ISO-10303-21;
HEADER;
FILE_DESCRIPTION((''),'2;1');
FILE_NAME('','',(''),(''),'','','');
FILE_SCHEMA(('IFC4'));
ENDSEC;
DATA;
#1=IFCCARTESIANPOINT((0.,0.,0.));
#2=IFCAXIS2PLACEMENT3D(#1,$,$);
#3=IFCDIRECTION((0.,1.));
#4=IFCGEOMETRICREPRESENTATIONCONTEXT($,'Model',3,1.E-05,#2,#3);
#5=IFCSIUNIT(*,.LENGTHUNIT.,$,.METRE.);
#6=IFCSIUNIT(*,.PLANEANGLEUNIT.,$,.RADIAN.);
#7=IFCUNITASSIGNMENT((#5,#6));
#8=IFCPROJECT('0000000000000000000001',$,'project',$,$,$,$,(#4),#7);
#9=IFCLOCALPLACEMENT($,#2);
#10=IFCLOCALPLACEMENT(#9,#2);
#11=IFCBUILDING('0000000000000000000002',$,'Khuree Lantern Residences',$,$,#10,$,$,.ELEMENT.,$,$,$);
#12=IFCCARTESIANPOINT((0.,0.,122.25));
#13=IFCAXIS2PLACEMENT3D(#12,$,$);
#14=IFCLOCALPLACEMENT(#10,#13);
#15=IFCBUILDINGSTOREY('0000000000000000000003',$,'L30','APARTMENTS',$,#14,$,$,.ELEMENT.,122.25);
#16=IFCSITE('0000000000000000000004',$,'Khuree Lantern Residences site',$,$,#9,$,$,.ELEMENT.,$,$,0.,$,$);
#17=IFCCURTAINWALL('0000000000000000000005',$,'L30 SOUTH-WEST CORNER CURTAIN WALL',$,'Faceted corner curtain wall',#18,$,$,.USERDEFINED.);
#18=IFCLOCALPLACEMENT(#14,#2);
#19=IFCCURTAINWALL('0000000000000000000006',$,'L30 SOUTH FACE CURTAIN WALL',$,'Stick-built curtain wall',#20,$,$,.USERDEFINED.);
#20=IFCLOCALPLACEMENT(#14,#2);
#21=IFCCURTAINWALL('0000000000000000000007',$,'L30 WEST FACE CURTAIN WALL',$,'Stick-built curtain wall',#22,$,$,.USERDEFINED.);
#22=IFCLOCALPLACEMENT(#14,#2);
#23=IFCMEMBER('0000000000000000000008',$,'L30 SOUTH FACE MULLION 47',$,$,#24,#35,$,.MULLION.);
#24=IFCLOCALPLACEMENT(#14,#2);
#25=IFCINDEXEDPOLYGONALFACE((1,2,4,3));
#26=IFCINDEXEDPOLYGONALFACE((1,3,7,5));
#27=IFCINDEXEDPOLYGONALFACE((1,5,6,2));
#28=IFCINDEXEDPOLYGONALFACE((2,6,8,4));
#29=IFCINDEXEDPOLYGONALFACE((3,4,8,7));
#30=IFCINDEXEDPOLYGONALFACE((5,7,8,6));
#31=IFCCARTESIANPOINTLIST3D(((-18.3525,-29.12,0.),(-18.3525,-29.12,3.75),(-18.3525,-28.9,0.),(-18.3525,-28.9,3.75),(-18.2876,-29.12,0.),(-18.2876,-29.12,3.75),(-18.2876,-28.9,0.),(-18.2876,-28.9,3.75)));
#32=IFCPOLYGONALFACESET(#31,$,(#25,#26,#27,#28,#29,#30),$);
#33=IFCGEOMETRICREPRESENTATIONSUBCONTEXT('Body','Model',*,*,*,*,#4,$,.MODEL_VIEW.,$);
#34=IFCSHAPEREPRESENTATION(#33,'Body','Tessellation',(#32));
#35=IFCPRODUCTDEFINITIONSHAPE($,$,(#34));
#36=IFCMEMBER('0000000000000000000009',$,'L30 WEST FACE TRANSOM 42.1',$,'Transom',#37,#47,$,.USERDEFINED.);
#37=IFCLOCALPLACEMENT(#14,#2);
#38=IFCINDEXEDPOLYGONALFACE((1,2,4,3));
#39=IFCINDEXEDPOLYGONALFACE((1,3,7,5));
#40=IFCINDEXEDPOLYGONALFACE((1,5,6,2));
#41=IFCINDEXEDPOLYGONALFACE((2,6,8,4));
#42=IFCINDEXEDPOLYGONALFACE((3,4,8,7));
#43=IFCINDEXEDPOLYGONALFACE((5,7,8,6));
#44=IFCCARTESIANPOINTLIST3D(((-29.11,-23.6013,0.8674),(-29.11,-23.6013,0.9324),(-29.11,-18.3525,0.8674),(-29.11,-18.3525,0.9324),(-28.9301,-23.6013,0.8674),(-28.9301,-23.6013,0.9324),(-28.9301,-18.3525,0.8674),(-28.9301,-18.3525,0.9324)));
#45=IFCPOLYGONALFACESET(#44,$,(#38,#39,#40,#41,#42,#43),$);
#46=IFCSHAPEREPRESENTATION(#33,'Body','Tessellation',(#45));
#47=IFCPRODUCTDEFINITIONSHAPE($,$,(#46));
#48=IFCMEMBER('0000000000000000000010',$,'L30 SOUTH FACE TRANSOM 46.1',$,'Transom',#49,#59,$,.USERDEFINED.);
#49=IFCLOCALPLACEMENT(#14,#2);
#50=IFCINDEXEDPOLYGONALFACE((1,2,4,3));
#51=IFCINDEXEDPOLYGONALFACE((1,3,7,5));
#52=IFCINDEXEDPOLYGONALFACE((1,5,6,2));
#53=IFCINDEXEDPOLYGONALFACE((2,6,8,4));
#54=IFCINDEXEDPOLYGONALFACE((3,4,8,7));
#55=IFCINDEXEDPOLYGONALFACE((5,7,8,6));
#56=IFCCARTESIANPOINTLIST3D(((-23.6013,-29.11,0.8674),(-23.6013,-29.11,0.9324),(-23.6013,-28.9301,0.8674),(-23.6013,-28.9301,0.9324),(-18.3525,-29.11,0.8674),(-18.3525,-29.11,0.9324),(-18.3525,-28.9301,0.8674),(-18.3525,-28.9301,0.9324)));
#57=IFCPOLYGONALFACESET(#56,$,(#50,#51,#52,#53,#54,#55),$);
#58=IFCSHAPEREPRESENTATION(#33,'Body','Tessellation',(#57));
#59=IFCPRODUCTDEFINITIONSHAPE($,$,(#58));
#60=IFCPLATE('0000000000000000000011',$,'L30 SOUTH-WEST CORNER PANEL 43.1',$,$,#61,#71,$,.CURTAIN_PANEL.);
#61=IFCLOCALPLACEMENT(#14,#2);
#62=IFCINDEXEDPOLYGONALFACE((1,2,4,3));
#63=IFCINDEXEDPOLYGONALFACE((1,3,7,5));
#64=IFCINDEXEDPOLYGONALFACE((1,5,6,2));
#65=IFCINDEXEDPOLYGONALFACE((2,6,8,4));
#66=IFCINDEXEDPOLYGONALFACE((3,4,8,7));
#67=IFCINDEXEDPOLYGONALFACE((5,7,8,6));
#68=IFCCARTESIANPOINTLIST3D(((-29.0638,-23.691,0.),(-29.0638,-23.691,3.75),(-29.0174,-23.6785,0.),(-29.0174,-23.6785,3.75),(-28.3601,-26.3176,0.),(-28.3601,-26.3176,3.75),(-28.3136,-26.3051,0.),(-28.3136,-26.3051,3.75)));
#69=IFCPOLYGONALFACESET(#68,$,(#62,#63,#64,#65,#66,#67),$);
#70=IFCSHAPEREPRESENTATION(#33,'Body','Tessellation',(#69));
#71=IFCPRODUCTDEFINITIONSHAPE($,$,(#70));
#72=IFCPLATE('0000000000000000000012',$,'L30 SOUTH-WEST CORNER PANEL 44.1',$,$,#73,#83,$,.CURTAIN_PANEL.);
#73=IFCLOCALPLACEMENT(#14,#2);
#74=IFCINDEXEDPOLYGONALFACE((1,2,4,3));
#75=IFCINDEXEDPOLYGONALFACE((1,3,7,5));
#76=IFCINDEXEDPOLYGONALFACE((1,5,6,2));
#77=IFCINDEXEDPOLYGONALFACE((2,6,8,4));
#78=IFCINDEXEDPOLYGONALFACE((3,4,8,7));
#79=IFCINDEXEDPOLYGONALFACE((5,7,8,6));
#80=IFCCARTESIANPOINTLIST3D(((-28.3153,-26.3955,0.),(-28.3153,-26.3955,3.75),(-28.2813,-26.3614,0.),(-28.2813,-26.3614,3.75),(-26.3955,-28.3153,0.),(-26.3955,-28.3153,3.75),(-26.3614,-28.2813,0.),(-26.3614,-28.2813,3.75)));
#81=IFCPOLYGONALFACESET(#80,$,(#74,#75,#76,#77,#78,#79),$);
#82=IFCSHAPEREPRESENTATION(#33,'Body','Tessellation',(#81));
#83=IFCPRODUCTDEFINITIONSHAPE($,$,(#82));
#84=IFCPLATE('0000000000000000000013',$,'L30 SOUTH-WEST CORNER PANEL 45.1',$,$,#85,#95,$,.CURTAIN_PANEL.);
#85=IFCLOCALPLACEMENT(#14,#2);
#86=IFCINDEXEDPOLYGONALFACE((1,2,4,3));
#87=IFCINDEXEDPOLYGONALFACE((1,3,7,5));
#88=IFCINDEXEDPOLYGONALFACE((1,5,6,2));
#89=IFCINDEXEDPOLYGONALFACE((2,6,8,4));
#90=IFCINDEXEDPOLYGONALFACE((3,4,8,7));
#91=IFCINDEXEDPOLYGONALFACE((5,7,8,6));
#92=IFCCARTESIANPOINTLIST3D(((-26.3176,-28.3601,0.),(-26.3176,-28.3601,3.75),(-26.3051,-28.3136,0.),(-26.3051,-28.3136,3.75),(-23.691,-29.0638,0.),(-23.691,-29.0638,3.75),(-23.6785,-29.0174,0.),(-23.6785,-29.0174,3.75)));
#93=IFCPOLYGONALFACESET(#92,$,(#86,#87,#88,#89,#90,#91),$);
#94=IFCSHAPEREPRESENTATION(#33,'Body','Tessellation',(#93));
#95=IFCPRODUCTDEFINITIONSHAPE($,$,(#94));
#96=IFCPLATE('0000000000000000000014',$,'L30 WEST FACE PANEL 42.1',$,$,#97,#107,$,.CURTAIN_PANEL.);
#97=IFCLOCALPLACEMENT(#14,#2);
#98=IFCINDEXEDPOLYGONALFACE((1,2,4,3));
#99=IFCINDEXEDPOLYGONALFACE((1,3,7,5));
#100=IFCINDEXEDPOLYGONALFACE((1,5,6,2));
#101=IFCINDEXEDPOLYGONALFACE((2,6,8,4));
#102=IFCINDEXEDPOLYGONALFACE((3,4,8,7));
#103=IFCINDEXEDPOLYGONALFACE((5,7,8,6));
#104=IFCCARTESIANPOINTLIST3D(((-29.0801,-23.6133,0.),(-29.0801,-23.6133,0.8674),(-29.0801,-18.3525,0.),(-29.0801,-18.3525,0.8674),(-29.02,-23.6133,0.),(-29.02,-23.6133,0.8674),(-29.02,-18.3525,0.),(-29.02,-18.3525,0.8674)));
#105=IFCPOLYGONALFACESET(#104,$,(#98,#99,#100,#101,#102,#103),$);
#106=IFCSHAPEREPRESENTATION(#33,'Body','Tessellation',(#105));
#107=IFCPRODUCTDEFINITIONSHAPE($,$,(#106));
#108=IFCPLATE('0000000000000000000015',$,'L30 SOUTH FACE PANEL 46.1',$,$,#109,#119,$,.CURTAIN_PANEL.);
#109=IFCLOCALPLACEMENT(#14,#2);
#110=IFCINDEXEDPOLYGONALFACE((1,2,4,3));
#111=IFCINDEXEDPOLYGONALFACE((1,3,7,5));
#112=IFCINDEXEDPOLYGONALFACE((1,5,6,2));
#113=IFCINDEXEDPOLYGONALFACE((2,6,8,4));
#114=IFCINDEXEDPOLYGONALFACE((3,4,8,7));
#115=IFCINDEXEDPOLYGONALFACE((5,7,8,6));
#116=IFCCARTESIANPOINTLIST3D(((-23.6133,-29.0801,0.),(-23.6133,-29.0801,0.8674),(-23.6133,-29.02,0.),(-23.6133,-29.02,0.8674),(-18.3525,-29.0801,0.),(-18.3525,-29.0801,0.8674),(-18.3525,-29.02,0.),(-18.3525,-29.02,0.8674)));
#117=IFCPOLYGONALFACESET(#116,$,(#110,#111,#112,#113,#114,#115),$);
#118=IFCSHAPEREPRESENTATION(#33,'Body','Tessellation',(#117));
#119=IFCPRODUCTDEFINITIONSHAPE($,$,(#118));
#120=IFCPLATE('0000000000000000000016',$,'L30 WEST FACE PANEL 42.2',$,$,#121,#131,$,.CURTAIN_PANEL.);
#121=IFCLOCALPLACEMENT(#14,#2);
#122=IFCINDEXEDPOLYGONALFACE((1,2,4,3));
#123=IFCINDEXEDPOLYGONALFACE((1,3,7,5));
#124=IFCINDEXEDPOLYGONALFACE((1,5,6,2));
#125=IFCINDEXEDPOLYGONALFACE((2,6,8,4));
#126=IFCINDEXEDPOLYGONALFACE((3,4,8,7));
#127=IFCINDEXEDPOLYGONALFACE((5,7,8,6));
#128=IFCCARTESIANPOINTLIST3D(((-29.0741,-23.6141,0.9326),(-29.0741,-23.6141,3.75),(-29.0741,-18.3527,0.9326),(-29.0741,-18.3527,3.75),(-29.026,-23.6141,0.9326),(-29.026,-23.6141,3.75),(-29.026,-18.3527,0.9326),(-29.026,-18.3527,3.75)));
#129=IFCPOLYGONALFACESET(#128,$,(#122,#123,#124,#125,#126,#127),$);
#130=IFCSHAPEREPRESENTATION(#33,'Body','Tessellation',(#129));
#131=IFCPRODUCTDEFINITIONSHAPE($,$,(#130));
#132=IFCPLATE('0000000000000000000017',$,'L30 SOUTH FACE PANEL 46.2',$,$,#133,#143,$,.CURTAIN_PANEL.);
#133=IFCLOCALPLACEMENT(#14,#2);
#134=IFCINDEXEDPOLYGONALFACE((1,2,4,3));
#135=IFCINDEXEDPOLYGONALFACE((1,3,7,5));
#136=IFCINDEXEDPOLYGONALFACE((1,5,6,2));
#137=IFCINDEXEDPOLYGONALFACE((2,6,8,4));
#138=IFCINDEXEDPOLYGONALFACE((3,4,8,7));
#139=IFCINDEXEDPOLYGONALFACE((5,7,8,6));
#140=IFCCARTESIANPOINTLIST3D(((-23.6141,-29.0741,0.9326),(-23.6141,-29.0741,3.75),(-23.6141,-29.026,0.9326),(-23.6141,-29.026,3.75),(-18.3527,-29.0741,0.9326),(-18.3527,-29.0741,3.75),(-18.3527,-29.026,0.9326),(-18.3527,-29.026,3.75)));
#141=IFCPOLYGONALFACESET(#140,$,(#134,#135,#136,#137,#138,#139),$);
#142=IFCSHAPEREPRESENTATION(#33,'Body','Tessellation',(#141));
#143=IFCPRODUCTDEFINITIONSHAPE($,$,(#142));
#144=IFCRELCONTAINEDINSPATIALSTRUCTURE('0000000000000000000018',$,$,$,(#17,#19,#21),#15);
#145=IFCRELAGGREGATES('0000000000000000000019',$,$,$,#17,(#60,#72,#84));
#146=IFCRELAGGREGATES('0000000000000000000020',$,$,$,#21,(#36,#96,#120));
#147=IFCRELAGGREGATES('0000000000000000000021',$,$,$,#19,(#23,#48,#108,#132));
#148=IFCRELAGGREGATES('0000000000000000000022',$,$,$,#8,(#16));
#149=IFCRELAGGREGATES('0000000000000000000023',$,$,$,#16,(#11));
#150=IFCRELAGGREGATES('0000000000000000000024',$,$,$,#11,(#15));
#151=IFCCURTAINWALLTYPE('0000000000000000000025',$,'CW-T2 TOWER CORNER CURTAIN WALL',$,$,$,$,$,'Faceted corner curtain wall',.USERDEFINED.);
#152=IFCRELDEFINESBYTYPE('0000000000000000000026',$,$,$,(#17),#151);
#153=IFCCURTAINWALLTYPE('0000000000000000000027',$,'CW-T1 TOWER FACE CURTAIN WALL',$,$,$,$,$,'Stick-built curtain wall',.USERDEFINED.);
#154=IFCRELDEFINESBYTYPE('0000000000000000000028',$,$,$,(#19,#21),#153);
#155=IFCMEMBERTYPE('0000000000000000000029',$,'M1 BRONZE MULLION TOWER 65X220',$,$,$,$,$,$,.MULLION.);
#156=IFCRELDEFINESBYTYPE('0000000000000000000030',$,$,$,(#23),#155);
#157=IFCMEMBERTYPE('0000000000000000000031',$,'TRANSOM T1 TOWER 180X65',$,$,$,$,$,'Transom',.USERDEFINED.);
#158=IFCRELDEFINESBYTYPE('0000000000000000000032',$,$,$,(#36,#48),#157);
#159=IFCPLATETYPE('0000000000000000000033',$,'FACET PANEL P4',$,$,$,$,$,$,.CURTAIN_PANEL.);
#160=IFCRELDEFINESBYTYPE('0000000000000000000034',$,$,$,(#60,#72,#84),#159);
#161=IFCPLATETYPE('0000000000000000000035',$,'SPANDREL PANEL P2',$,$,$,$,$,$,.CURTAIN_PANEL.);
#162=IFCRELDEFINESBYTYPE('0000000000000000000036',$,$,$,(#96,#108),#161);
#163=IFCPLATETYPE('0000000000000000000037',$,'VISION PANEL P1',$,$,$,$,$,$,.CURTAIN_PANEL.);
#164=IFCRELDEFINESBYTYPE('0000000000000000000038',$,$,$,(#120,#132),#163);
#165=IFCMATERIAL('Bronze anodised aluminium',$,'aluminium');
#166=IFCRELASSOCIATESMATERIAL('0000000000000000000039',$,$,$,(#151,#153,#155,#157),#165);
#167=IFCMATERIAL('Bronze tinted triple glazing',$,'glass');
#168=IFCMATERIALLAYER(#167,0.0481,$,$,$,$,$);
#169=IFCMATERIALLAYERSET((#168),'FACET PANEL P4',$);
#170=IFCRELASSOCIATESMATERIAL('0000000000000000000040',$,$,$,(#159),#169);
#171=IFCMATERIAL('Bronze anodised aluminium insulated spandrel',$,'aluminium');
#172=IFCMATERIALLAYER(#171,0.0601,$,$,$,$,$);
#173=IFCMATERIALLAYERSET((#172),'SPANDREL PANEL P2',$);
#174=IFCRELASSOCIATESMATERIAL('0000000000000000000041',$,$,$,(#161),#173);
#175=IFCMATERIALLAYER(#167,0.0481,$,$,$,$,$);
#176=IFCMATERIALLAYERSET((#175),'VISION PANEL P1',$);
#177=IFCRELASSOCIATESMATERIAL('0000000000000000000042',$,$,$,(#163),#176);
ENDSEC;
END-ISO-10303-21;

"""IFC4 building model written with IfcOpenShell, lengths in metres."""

from ifc_helpers import new_model, si_unit, direction, frame, origin, origin_2d, place, context, subcontext, project, spatial, rectangle, extrude, material, layer, layer_set, material_profile, profile_set, type_object, element, aggregate, save


model = new_model("IFC4")

# Units and contexts
model_context = context("Model", 3, precision=1e-05, world=origin(), true_north=direction((0.0, 1.0)))
body_context = subcontext(model_context, "Body", "Model", "MODEL_VIEW")
ifc_project = project(units=[si_unit("LENGTHUNIT", "METRE"), si_unit("PLANEANGLEUNIT", "RADIAN")], contexts=[model_context])

# Site, building, storey
site_placement = place(None, origin())
site = spatial("IfcSite", under=ifc_project, at=site_placement, Name="Khuree Lantern Residences site", CompositionType="ELEMENT", RefElevation=0.0)
building_placement = place(site_placement, origin())
building = spatial("IfcBuilding", under=site, at=building_placement, Name="Khuree Lantern Residences", CompositionType="ELEMENT")
storey_placement = place(building_placement, frame((0.0, 0.0, 122.25)))
storey = spatial("IfcBuildingStorey", under=building, at=storey_placement, Name="L30", Description="APARTMENTS", CompositionType="ELEMENT", Elevation=122.25)

# Curtain walls
ifc_material_1 = material(Name="Bronze anodised aluminium", Category="aluminium")
curtain_wall_type_1 = type_object("IfcCurtainWallType", Name="CW-T2 TOWER CORNER CURTAIN WALL", ElementType="Faceted corner curtain wall", PredefinedType="USERDEFINED", material=ifc_material_1)
curtain_wall_1_placement = place(storey_placement, origin())
curtain_wall_1 = element("IfcCurtainWall", 1, at=curtain_wall_1_placement, inside=storey, type_object=curtain_wall_type_1, Name="L30 SOUTH-WEST CORNER CURTAIN WALL", ObjectType="Faceted corner curtain wall", PredefinedType="USERDEFINED")
curtain_wall_type_2 = type_object("IfcCurtainWallType", Name="CW-T1 TOWER FACE CURTAIN WALL", ElementType="Stick-built curtain wall", PredefinedType="USERDEFINED", material=ifc_material_1)
curtain_wall_2_placement = place(storey_placement, origin())
curtain_wall_2 = element("IfcCurtainWall", 2, at=curtain_wall_2_placement, inside=storey, type_object=curtain_wall_type_2, Name="L30 SOUTH FACE CURTAIN WALL", ObjectType="Stick-built curtain wall", PredefinedType="USERDEFINED")

# Curtain wall
curtain_wall_3_placement = place(storey_placement, origin())
curtain_wall_3 = element("IfcCurtainWall", 3, at=curtain_wall_3_placement, inside=storey, type_object=curtain_wall_type_2, Name="L30 WEST FACE CURTAIN WALL", ObjectType="Stick-built curtain wall", PredefinedType="USERDEFINED")
ifc_material_profile_1 = material_profile(ifc_material_1, rectangle(XDim=0.0649, YDim=0.22, at=origin_2d()), Name="M1 65X220")
ifc_profile_set_1 = profile_set([ifc_material_profile_1], Name="Bronze anodised aluminium")
member_type_1 = type_object("IfcMemberType", Name="M1 BRONZE MULLION TOWER 65X220", PredefinedType="MULLION", material=ifc_profile_set_1)

# Members
member_1_placement = place(storey_placement, frame((-18.3201, -29.01, 0.0), z_axis=(0.0, 0.0, 1.0), x_axis=(1.0, 0.0, 0.0)))
member_1 = element("IfcMember", 4, at=member_1_placement, type_object=member_type_1, Name="L30 SOUTH FACE MULLION 47", PredefinedType="MULLION", context=body_context, shape_type="SweptSolid", body=[
    extrude(rectangle(XDim=0.0649, YDim=0.22, at=origin_2d()), origin(), (0.0, 0.0, 1.0), 3.75),
])
ifc_material_profile_2 = material_profile(ifc_material_1, rectangle(XDim=0.1799, YDim=0.0649, at=origin_2d()), Name="T1 180X65")
ifc_profile_set_2 = profile_set([ifc_material_profile_2], Name="Bronze anodised aluminium")
member_type_2 = type_object("IfcMemberType", Name="TRANSOM T1 TOWER 180X65", ElementType="Transom", PredefinedType="USERDEFINED", material=ifc_profile_set_2)
member_2_placement = place(storey_placement, frame((-29.02, -18.3525, 0.8999), z_axis=(0.0, -1.0, 0.0), x_axis=(1.0, 0.0, 0.0)))
member_2 = element("IfcMember", 5, at=member_2_placement, type_object=member_type_2, Name="L30 WEST FACE TRANSOM 42.1", ObjectType="Transom", PredefinedType="USERDEFINED", context=body_context, shape_type="SweptSolid", body=[
    extrude(rectangle(XDim=0.1799, YDim=0.0649, at=origin_2d()), origin(), (0.0, 0.0, 1.0), 5.2488),
])
member_3_placement = place(storey_placement, frame((-23.6013, -29.02, 0.8999), z_axis=(1.0, 0.0, 0.0), x_axis=(0.0, 1.0, 0.0)))
member_3 = element("IfcMember", 6, at=member_3_placement, type_object=member_type_2, Name="L30 SOUTH FACE TRANSOM 46.1", ObjectType="Transom", PredefinedType="USERDEFINED", context=body_context, shape_type="SweptSolid", body=[
    extrude(rectangle(XDim=0.1799, YDim=0.0649, at=origin_2d()), origin(), (0.0, 0.0, 1.0), 5.2488),
])

# Plates
ifc_material_2 = material(Name="Bronze tinted triple glazing", Category="glass")
ifc_layer_1 = layer(ifc_material_2, 0.0481)
ifc_layer_set_1 = layer_set([ifc_layer_1], Name="FACET PANEL P4")
plate_type_1 = type_object("IfcPlateType", Name="FACET PANEL P4", PredefinedType="CURTAIN_PANEL", material=ifc_layer_set_1)
plate_1_placement = place(storey_placement, frame((-28.6887, -24.998, 0.0), z_axis=(0.0, 0.0, 1.0), x_axis=(0.258819, -0.965926, 0.0)))
plate_1 = element("IfcPlate", 7, at=plate_1_placement, type_object=plate_type_1, Name="L30 SOUTH-WEST CORNER PANEL 43.1", PredefinedType="CURTAIN_PANEL", context=body_context, shape_type="SweptSolid", body=[
    extrude(rectangle(XDim=2.7192, YDim=0.0481, at=origin_2d()), origin(), (0.0, 0.0, 1.0), 3.75),
])
plate_2_placement = place(storey_placement, frame((-27.3384, -27.3384, 0.0), z_axis=(0.0, 0.0, 1.0), x_axis=(0.707107, -0.707107, 0.0)))
plate_2 = element("IfcPlate", 8, at=plate_2_placement, type_object=plate_type_1, Name="L30 SOUTH-WEST CORNER PANEL 44.1", PredefinedType="CURTAIN_PANEL", context=body_context, shape_type="SweptSolid", body=[
    extrude(rectangle(XDim=2.7151, YDim=0.0481, at=origin_2d()), origin(), (0.0, 0.0, 1.0), 3.75),
])
plate_3_placement = place(storey_placement, frame((-24.998, -28.6887, 0.0), z_axis=(0.0, 0.0, 1.0), x_axis=(0.965926, -0.258819, 0.0)))
plate_3 = element("IfcPlate", 9, at=plate_3_placement, type_object=plate_type_1, Name="L30 SOUTH-WEST CORNER PANEL 45.1", PredefinedType="CURTAIN_PANEL", context=body_context, shape_type="SweptSolid", body=[
    extrude(rectangle(XDim=2.7192, YDim=0.0481, at=origin_2d()), origin(), (0.0, 0.0, 1.0), 3.75),
])
aggregate(curtain_wall_1, [plate_1, plate_2, plate_3])
ifc_material_3 = material(Name="Bronze anodised aluminium insulated spandrel", Category="aluminium")
ifc_layer_2 = layer(ifc_material_3, 0.0601)
ifc_layer_set_2 = layer_set([ifc_layer_2], Name="SPANDREL PANEL P2")
plate_type_2 = type_object("IfcPlateType", Name="SPANDREL PANEL P2", PredefinedType="CURTAIN_PANEL", material=ifc_layer_set_2)
plate_4_placement = place(storey_placement, frame((-29.05, -20.9829, 0.0), z_axis=(0.0, 0.0, 1.0), x_axis=(0.0, -1.0, 0.0)))
plate_4 = element("IfcPlate", 10, at=plate_4_placement, type_object=plate_type_2, Name="L30 WEST FACE PANEL 42.1", PredefinedType="CURTAIN_PANEL", context=body_context, shape_type="SweptSolid", body=[
    extrude(rectangle(XDim=5.2607, YDim=0.0601, at=origin_2d()), origin(), (0.0, 0.0, 1.0), 0.8674),
])
plate_5_placement = place(storey_placement, frame((-20.9829, -29.05, 0.0), z_axis=(0.0, 0.0, 1.0), x_axis=(1.0, 0.0, 0.0)))
plate_5 = element("IfcPlate", 11, at=plate_5_placement, type_object=plate_type_2, Name="L30 SOUTH FACE PANEL 46.1", PredefinedType="CURTAIN_PANEL", context=body_context, shape_type="SweptSolid", body=[
    extrude(rectangle(XDim=5.2607, YDim=0.0601, at=origin_2d()), origin(), (0.0, 0.0, 1.0), 0.8674),
])
ifc_layer_3 = layer(ifc_material_2, 0.0481)
ifc_layer_set_3 = layer_set([ifc_layer_3], Name="VISION PANEL P1")
plate_type_3 = type_object("IfcPlateType", Name="VISION PANEL P1", PredefinedType="CURTAIN_PANEL", material=ifc_layer_set_3)
plate_6_placement = place(storey_placement, frame((-29.05, -20.9834, 0.9326), z_axis=(0.0, 0.0, 1.0), x_axis=(0.0, -1.0, 0.0)))
plate_6 = element("IfcPlate", 12, at=plate_6_placement, type_object=plate_type_3, Name="L30 WEST FACE PANEL 42.2", PredefinedType="CURTAIN_PANEL", context=body_context, shape_type="SweptSolid", body=[
    extrude(rectangle(XDim=5.2615, YDim=0.0481, at=origin_2d()), origin(), (0.0, 0.0, 1.0), 2.8174),
])
aggregate(curtain_wall_3, [member_2, plate_4, plate_6])
plate_7_placement = place(storey_placement, frame((-20.9834, -29.05, 0.9326), z_axis=(0.0, 0.0, 1.0), x_axis=(1.0, 0.0, 0.0)))
plate_7 = element("IfcPlate", 13, at=plate_7_placement, type_object=plate_type_3, Name="L30 SOUTH FACE PANEL 46.2", PredefinedType="CURTAIN_PANEL", context=body_context, shape_type="SweptSolid", body=[
    extrude(rectangle(XDim=5.2615, YDim=0.0481, at=origin_2d()), origin(), (0.0, 0.0, 1.0), 2.8174),
])
aggregate(curtain_wall_2, [member_1, member_3, plate_5, plate_7])

save(model, "model.ifc")
